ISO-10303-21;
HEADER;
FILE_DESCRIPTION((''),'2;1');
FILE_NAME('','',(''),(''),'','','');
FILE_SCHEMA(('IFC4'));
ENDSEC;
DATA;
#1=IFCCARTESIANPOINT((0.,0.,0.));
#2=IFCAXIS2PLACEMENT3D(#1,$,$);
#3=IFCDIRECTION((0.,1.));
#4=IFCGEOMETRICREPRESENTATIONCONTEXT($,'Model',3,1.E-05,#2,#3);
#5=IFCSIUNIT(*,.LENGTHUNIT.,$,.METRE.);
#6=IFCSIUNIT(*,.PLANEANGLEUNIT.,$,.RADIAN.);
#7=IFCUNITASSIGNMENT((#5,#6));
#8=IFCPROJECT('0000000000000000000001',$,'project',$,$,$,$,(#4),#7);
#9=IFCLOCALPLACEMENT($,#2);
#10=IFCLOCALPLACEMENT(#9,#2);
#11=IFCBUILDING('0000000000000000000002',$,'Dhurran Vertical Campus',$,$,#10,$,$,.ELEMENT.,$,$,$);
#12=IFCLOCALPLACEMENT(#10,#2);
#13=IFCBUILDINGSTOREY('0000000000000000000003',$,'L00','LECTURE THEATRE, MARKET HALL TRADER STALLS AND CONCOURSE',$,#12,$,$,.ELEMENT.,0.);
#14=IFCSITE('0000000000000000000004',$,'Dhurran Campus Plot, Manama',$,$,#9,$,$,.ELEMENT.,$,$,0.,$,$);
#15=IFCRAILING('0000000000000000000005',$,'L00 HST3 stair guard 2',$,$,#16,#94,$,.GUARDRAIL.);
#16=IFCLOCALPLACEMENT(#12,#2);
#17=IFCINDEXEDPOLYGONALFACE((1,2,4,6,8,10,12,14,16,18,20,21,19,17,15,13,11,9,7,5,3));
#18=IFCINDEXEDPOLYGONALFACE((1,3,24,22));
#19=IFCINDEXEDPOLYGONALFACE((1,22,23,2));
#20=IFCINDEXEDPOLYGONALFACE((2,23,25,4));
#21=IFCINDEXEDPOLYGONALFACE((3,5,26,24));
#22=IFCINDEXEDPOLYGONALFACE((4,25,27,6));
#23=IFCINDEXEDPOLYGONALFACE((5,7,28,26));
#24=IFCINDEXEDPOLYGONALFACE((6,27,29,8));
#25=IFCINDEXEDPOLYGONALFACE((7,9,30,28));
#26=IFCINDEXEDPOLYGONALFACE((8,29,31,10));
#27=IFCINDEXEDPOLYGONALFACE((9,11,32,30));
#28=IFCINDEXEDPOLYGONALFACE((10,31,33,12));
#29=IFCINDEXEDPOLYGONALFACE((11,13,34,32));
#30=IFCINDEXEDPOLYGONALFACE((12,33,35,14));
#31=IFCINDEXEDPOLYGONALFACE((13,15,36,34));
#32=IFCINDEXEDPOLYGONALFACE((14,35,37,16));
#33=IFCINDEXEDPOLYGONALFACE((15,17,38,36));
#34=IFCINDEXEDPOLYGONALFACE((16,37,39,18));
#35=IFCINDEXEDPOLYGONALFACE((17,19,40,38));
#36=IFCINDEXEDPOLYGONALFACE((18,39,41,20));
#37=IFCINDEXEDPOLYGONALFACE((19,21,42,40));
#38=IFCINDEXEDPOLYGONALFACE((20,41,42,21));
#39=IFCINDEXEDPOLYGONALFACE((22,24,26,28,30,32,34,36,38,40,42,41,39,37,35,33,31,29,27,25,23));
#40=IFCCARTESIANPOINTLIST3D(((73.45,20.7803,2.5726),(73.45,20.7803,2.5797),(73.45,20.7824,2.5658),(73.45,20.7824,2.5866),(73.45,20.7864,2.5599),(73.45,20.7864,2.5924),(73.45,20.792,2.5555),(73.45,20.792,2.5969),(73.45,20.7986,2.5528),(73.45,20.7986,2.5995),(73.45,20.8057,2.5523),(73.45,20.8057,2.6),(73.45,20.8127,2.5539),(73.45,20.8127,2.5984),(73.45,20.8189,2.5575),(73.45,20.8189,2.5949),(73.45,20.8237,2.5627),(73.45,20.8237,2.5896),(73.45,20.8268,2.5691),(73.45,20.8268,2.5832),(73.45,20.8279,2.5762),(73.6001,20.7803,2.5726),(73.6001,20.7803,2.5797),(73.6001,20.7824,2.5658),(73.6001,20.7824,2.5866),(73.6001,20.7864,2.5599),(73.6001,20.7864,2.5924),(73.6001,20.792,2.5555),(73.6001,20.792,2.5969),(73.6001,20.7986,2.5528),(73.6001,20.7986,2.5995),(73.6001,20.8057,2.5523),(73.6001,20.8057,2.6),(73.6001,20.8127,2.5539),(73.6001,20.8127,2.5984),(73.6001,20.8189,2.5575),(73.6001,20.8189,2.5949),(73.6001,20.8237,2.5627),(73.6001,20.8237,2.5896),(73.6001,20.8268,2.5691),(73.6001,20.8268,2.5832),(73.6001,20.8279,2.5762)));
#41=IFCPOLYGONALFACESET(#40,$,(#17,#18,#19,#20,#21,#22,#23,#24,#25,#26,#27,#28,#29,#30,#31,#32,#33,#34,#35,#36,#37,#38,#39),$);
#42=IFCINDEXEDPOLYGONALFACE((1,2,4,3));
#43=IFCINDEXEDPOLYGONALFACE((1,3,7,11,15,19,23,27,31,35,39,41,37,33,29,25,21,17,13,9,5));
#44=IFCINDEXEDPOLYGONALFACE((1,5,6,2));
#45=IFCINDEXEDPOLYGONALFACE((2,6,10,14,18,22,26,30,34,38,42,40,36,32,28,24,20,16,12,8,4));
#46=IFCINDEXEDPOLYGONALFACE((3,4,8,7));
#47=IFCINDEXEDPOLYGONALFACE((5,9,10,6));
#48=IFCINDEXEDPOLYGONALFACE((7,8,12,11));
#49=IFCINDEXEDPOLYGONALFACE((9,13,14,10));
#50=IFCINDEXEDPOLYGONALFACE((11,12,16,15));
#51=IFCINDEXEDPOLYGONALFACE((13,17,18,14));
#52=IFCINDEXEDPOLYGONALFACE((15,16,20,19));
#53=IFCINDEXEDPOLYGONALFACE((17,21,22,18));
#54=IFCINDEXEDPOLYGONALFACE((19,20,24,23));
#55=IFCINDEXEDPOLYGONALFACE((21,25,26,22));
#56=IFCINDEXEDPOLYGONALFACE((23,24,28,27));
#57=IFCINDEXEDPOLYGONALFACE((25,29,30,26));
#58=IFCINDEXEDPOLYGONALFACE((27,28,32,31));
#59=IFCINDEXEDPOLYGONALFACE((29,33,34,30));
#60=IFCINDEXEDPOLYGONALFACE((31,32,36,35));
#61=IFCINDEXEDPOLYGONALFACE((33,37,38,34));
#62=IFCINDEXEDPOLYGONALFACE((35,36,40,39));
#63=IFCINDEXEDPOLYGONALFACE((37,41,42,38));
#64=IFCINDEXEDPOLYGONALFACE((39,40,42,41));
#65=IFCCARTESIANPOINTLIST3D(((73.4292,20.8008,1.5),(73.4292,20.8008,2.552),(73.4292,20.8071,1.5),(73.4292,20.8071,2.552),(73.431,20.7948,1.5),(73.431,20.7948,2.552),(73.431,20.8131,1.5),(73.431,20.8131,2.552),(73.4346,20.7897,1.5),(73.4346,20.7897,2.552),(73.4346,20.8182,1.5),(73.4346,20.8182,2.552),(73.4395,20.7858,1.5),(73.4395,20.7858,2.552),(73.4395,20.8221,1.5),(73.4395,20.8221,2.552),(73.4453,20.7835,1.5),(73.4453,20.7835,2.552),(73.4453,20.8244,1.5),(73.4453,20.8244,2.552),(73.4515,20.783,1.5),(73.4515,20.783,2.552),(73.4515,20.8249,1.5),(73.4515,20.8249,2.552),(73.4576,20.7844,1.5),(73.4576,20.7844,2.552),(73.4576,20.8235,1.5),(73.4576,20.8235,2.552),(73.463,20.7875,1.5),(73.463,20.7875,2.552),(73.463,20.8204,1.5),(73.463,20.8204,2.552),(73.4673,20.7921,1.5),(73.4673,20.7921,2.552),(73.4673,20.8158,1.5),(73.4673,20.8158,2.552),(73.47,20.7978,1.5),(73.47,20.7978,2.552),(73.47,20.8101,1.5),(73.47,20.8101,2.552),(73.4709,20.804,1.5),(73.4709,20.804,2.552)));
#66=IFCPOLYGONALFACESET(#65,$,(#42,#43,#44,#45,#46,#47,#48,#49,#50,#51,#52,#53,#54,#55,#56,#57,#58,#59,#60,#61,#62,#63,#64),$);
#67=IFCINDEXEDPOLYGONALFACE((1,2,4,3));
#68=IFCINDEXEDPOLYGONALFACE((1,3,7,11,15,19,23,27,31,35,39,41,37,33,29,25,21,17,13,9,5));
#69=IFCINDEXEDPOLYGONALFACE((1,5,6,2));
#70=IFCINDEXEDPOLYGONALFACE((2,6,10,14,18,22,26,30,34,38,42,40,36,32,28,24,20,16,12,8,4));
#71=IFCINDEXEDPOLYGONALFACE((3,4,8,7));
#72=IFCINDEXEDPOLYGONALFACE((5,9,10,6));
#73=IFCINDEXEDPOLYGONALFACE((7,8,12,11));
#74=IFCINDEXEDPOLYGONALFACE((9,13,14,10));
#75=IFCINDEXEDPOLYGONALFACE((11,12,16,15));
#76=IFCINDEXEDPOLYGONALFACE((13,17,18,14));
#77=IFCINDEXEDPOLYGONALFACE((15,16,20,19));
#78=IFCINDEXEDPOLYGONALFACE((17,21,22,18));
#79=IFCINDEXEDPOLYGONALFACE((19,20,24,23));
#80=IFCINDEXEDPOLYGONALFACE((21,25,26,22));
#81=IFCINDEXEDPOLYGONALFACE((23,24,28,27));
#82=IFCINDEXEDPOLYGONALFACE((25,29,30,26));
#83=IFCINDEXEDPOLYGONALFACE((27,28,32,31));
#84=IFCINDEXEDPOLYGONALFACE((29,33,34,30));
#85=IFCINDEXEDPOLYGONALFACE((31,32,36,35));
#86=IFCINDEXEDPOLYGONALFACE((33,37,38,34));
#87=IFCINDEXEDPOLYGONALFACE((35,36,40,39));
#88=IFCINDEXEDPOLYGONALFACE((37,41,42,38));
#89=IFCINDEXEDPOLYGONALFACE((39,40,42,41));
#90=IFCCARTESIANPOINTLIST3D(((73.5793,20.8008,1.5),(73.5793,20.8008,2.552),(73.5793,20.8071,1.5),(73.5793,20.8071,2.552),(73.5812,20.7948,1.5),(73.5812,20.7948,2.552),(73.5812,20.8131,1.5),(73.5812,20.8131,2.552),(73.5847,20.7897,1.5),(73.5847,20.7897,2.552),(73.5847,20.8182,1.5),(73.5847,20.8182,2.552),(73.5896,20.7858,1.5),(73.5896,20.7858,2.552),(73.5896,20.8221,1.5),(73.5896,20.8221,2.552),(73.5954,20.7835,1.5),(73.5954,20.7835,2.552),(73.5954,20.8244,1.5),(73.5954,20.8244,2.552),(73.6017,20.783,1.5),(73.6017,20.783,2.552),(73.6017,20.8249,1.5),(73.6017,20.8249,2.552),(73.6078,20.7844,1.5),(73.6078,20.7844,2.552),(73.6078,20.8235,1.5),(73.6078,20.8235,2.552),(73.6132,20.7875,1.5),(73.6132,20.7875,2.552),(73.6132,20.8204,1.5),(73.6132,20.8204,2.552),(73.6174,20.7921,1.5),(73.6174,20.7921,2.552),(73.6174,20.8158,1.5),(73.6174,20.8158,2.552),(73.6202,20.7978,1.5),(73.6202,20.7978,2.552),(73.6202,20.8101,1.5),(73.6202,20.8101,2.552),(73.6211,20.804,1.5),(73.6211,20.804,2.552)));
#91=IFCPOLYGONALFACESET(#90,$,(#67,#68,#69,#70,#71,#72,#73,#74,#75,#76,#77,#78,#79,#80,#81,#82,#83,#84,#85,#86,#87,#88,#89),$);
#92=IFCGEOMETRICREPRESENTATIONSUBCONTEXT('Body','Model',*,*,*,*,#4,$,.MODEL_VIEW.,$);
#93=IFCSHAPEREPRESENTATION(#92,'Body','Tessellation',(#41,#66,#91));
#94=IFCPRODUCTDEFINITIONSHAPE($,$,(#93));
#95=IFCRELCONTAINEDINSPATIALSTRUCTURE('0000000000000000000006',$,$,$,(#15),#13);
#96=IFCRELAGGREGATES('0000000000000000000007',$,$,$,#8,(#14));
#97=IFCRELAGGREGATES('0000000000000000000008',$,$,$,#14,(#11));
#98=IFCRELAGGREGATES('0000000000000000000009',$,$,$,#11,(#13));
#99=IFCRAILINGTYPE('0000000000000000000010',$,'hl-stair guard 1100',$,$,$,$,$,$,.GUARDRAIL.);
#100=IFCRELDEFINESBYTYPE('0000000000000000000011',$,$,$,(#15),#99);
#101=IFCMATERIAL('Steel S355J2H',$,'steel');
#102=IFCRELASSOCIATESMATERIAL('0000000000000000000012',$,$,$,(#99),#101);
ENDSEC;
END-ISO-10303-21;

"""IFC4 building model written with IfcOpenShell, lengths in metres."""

from ifc_helpers import new_model, si_unit, direction, frame, origin, origin_2d, place, context, subcontext, project, spatial, circle, extrude, material, type_object, element, save


model = new_model("IFC4")

# Units and contexts
model_context = context("Model", 3, precision=1e-05, world=origin(), true_north=direction((0.0, 1.0)))
body_context = subcontext(model_context, "Body", "Model", "MODEL_VIEW")
ifc_project = project(units=[si_unit("LENGTHUNIT", "METRE"), si_unit("PLANEANGLEUNIT", "RADIAN")], contexts=[model_context])

# Site, building, storey
site_placement = place(None, origin())
site = spatial("IfcSite", under=ifc_project, at=site_placement, Name="Dhurran Campus Plot, Manama", CompositionType="ELEMENT", RefElevation=0.0)
building_placement = place(site_placement, origin())
building = spatial("IfcBuilding", under=site, at=building_placement, Name="Dhurran Vertical Campus", CompositionType="ELEMENT")
storey_placement = place(building_placement, origin())
storey = spatial("IfcBuildingStorey", under=building, at=storey_placement, Name="L00", Description="LECTURE THEATRE, MARKET HALL TRADER STALLS AND CONCOURSE", CompositionType="ELEMENT", Elevation=0.0)

# Railing
ifc_material_1 = material(Name="Steel S355J2H", Category="steel")
railing_type_1 = type_object("IfcRailingType", Name="hl-stair guard 1100", PredefinedType="GUARDRAIL", material=ifc_material_1)
railing_1_placement = place(storey_placement, frame((73.45, 20.804, 1.5)))
element("IfcRailing", 1, at=railing_1_placement, inside=storey, type_object=railing_type_1, Name="L00 HST3 stair guard 2", PredefinedType="GUARDRAIL", context=body_context, shape_type="SweptSolid", body=[
    extrude(circle(Radius=0.0239, at=origin_2d()), frame((0.0, 0.0, 1.0762), z_axis=(1.0, 0.0, 0.0), x_axis=(0.0, 1.0, 0.0)), (0.0, 0.0, 1.0), 0.1501),
    extrude(circle(Radius=0.021, at=origin_2d()), origin(), (0.0, 0.0, 1.0), 1.052),
    extrude(circle(Radius=0.021, at=origin_2d()), frame((0.1501, 0.0, 0.0)), (0.0, 0.0, 1.0), 1.052),
])

save(model, "model.ifc")
